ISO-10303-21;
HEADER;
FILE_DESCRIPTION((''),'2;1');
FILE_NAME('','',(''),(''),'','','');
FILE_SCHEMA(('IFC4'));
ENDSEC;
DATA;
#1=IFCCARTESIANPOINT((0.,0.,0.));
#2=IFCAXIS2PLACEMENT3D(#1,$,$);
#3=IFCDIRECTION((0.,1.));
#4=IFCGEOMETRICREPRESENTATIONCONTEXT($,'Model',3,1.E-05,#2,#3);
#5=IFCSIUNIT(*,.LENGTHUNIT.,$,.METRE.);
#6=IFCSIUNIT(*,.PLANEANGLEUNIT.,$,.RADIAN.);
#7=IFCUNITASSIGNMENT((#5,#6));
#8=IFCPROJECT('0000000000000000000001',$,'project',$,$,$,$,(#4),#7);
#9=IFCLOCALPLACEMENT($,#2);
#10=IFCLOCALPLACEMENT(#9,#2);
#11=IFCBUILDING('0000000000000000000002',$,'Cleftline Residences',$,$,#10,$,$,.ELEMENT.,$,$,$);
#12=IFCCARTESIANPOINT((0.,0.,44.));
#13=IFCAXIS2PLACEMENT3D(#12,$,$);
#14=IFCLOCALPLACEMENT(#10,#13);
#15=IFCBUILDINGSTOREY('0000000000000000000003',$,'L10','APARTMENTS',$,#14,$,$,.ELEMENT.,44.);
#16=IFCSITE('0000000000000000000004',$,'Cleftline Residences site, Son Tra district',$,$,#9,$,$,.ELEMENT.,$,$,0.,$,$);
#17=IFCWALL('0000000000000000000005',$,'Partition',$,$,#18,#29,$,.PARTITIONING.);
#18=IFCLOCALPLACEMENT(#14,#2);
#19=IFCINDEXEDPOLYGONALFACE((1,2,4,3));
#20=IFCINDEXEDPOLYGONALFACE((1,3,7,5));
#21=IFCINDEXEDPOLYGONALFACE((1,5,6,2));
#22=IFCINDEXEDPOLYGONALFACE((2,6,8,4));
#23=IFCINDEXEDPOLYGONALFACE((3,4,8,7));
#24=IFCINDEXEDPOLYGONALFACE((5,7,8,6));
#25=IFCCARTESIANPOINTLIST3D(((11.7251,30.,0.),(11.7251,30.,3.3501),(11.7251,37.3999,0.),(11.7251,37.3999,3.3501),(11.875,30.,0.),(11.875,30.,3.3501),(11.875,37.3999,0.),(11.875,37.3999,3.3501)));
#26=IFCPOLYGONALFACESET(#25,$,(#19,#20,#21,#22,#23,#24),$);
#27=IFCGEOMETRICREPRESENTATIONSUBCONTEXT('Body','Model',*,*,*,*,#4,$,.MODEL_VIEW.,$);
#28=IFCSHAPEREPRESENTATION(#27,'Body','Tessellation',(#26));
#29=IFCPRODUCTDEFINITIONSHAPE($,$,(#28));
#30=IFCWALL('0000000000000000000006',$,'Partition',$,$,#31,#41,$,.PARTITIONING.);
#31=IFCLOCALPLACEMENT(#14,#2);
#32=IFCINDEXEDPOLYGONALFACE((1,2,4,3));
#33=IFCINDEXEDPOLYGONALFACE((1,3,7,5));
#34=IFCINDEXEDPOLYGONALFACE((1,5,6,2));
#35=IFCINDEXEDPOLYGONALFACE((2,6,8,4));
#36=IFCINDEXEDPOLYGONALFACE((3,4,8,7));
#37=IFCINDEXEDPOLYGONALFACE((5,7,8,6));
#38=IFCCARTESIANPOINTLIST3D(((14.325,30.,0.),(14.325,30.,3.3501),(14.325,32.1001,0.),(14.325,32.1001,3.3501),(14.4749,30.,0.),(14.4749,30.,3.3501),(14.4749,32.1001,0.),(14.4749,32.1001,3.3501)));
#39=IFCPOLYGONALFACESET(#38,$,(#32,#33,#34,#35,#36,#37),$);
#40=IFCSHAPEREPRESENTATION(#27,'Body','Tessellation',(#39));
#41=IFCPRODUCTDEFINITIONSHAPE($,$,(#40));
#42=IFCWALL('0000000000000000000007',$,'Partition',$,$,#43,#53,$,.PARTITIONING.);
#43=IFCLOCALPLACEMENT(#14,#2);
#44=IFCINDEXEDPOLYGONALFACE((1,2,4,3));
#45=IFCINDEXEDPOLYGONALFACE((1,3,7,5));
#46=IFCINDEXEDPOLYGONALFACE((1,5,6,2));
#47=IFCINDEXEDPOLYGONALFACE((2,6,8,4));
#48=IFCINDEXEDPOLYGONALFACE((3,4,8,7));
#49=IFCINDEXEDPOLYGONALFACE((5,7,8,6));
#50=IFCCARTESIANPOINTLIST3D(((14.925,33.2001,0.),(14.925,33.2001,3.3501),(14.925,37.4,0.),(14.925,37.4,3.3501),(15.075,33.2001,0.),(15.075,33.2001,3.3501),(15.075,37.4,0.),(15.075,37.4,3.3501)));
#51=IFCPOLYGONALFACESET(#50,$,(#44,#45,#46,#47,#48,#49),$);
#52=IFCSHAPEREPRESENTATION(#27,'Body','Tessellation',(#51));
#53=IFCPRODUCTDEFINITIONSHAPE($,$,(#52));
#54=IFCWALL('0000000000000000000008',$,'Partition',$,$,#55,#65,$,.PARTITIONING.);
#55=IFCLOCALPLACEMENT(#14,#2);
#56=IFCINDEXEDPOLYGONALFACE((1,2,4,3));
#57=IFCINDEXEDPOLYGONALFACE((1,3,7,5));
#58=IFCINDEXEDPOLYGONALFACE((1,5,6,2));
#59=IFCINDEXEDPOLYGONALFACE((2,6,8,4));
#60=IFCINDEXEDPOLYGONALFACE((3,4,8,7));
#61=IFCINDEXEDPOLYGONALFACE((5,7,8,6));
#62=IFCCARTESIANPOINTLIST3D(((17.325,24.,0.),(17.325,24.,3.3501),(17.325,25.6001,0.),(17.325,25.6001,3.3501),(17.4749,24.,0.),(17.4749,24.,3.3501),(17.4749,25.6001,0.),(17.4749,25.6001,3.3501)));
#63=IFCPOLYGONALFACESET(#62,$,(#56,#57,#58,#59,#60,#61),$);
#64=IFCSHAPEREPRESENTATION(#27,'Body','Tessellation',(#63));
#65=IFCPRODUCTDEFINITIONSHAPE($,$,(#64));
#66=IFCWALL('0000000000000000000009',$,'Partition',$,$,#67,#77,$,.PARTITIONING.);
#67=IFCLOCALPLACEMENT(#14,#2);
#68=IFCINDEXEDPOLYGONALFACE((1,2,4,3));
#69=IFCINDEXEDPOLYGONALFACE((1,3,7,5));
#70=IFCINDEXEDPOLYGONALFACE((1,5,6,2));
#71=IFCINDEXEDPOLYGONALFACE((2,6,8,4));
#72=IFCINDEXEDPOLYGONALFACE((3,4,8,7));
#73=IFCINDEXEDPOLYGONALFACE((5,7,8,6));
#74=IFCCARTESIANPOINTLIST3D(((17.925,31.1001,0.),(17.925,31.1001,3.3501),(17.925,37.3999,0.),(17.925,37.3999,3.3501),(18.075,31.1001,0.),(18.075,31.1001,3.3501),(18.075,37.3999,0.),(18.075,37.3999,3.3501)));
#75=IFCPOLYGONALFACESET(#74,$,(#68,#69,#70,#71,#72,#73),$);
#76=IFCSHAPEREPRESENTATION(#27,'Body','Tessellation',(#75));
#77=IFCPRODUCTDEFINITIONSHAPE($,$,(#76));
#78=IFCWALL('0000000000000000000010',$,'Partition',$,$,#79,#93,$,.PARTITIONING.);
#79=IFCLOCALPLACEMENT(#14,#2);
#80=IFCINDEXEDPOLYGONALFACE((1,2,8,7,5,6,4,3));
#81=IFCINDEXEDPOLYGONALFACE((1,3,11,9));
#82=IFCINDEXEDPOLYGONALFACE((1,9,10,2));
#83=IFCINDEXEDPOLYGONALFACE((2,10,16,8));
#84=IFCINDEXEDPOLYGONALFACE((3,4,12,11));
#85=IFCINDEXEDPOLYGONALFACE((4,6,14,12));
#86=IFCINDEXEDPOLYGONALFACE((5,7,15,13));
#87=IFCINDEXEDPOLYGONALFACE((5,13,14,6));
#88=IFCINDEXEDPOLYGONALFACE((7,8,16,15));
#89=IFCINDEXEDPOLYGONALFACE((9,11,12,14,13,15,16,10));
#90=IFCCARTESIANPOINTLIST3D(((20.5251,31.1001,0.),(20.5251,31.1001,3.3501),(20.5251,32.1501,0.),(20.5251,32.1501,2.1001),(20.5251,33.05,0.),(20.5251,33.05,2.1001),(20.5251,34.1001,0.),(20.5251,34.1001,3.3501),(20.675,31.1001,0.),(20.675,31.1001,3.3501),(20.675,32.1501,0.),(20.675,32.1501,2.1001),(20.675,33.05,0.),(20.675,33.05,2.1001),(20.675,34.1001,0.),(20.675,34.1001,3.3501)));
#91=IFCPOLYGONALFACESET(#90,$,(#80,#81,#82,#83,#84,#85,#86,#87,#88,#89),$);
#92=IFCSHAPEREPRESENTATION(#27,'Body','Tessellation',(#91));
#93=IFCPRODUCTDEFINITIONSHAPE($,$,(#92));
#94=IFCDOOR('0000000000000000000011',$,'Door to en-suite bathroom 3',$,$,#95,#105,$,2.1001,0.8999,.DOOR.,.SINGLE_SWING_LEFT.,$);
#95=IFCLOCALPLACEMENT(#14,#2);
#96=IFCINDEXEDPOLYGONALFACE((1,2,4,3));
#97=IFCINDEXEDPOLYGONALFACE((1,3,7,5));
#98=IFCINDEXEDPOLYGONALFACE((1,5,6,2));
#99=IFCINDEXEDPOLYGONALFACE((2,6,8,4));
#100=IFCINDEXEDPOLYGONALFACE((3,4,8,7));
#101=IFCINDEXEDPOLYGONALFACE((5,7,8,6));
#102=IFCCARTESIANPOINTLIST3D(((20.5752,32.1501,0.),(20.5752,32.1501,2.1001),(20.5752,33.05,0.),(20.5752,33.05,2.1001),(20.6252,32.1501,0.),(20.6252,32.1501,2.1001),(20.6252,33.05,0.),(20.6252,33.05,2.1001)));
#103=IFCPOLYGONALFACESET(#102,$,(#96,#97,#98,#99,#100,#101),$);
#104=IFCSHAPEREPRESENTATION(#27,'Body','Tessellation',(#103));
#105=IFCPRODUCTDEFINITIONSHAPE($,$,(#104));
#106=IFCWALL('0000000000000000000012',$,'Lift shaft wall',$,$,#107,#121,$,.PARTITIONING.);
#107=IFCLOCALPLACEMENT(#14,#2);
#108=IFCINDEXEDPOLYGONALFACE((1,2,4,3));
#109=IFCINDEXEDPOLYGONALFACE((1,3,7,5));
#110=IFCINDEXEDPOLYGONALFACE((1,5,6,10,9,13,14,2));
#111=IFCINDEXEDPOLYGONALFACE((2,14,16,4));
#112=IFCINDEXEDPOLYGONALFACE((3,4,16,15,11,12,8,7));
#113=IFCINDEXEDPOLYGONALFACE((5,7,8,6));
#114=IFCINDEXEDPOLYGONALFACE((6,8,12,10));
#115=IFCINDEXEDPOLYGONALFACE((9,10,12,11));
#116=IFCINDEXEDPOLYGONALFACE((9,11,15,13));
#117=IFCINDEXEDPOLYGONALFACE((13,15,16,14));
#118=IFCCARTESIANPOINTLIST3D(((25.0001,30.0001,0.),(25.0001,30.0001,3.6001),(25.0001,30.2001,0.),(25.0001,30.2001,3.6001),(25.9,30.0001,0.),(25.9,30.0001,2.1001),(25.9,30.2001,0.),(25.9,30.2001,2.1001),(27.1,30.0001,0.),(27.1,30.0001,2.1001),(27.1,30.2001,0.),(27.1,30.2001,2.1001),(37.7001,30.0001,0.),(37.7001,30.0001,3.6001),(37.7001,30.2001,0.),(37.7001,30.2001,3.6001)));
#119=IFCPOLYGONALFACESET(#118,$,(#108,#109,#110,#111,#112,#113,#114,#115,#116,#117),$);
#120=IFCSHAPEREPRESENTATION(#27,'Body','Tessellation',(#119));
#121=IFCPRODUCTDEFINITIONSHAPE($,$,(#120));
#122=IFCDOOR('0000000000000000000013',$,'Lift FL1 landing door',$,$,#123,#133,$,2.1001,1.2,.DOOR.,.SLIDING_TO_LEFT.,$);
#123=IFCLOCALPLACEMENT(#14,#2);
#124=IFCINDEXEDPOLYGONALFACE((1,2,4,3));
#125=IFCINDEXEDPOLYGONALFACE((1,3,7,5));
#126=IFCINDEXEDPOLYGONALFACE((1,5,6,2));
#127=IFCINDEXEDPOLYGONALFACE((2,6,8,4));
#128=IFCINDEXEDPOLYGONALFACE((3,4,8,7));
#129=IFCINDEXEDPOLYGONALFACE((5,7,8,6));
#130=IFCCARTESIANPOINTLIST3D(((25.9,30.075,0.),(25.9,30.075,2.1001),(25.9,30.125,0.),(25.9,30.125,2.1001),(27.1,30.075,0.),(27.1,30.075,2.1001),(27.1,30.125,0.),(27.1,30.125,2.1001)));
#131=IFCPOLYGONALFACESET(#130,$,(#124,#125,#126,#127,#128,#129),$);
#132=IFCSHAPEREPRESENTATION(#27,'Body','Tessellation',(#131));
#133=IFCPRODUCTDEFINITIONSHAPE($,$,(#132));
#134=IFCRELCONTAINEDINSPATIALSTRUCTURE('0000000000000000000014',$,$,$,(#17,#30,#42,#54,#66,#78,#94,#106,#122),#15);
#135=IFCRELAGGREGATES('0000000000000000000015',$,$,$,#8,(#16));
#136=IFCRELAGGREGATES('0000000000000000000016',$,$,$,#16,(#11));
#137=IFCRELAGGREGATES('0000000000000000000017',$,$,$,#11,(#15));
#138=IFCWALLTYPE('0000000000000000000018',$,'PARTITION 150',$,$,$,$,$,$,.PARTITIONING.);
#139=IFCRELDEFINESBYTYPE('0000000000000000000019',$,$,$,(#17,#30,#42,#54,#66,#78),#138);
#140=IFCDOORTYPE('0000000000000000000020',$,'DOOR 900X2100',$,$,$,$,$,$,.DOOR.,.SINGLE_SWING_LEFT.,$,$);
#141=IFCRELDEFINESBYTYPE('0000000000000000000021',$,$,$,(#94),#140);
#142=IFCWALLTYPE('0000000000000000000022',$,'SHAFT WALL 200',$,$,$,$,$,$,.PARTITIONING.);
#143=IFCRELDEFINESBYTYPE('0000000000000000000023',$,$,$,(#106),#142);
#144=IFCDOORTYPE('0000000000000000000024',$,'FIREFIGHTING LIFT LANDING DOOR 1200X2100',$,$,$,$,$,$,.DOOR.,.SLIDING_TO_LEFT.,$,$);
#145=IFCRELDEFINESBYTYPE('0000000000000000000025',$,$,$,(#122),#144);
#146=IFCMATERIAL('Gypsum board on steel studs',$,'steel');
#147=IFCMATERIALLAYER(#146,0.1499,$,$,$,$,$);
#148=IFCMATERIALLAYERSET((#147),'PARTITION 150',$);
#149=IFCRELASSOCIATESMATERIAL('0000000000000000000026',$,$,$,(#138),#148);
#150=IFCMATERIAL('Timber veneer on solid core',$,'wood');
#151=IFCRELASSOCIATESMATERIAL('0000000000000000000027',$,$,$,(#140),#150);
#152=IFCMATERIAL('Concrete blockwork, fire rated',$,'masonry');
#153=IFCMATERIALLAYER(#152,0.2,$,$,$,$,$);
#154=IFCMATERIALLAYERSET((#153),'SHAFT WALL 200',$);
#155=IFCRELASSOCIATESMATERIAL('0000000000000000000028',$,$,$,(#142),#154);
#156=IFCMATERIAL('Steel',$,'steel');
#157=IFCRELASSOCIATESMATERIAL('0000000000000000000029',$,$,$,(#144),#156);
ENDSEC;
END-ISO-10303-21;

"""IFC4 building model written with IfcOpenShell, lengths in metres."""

from ifc_helpers import new_model, si_unit, direction, frame, frame_2d, origin, place, context, subcontext, project, spatial, rectangle, extrude, material, layer, layer_set, type_object, element, fill, save


model = new_model("IFC4")

# Units and contexts
model_context = context("Model", 3, precision=1e-05, world=origin(), true_north=direction((0.0, 1.0)))
body_context = subcontext(model_context, "Body", "Model", "MODEL_VIEW")
ifc_project = project(units=[si_unit("LENGTHUNIT", "METRE"), si_unit("PLANEANGLEUNIT", "RADIAN")], contexts=[model_context])

# Site, building, storey
site_placement = place(None, origin())
site = spatial("IfcSite", under=ifc_project, at=site_placement, Name="Cleftline Residences site, Son Tra district", CompositionType="ELEMENT", RefElevation=0.0)
building_placement = place(site_placement, origin())
building = spatial("IfcBuilding", under=site, at=building_placement, Name="Cleftline Residences", CompositionType="ELEMENT")
storey_placement = place(building_placement, frame((0.0, 0.0, 44.0)))
storey = spatial("IfcBuildingStorey", under=building, at=storey_placement, Name="L10", Description="APARTMENTS", CompositionType="ELEMENT", Elevation=44.0)

# Shared definitions
ifc_material_1 = material(Name="Gypsum board on steel studs", Category="steel")
ifc_layer_1 = layer(ifc_material_1, 0.1499)
ifc_layer_set_1 = layer_set([ifc_layer_1], Name="PARTITION 150")
wall_type_1 = type_object("IfcWallType", Name="PARTITION 150", PredefinedType="PARTITIONING", material=ifc_layer_set_1)
ifc_material_2 = material(Name="Timber veneer on solid core", Category="wood")
door_type_1 = type_object("IfcDoorType", Name="DOOR 900X2100", OperationType="SINGLE_SWING_LEFT", PredefinedType="DOOR", material=ifc_material_2)

# Walls
wall_1_placement = place(storey_placement, frame((11.8, 30.0, 0.0), z_axis=(0.0, 0.0, 1.0), x_axis=(0.0, 1.0, 0.0)))
element("IfcWall", 1, at=wall_1_placement, inside=storey, type_object=wall_type_1, Name="Partition", PredefinedType="PARTITIONING", context=body_context, shape_type="SweptSolid", body=[
    extrude(rectangle(XDim=7.3999, YDim=0.1499, at=frame_2d((3.7, 0.0))), origin(), (0.0, 0.0, 1.0), 3.3501),
])
wall_2_placement = place(storey_placement, frame((14.3999, 30.0, 0.0), z_axis=(0.0, 0.0, 1.0), x_axis=(0.0, 1.0, 0.0)))
element("IfcWall", 2, at=wall_2_placement, inside=storey, type_object=wall_type_1, Name="Partition", PredefinedType="PARTITIONING", context=body_context, shape_type="SweptSolid", body=[
    extrude(rectangle(XDim=2.1001, YDim=0.1499, at=frame_2d((1.05, 0.0))), origin(), (0.0, 0.0, 1.0), 3.3501),
])
wall_3_placement = place(storey_placement, frame((15.0, 33.2, 0.0), z_axis=(0.0, 0.0, 1.0), x_axis=(0.0, 1.0, 0.0)))
element("IfcWall", 3, at=wall_3_placement, inside=storey, type_object=wall_type_1, Name="Partition", PredefinedType="PARTITIONING", context=body_context, shape_type="SweptSolid", body=[
    extrude(rectangle(XDim=4.2, YDim=0.1499, at=frame_2d((2.1001, 0.0))), origin(), (0.0, 0.0, 1.0), 3.3501),
])
wall_4_placement = place(storey_placement, frame((17.3999, 24.0, 0.0), z_axis=(0.0, 0.0, 1.0), x_axis=(0.0, 1.0, 0.0)))
element("IfcWall", 4, at=wall_4_placement, inside=storey, type_object=wall_type_1, Name="Partition", PredefinedType="PARTITIONING", context=body_context, shape_type="SweptSolid", body=[
    extrude(rectangle(XDim=1.6001, YDim=0.1499, at=frame_2d((0.8, 0.0))), origin(), (0.0, 0.0, 1.0), 3.3501),
])
wall_5_placement = place(storey_placement, frame((18.0, 31.1001, 0.0), z_axis=(0.0, 0.0, 1.0), x_axis=(0.0, 1.0, 0.0)))
element("IfcWall", 5, at=wall_5_placement, inside=storey, type_object=wall_type_1, Name="Partition", PredefinedType="PARTITIONING", context=body_context, shape_type="SweptSolid", body=[
    extrude(rectangle(XDim=6.2998, YDim=0.1499, at=frame_2d((3.1499, 0.0))), origin(), (0.0, 0.0, 1.0), 3.3501),
])

# Walls, openings, doors
wall_6_placement = place(storey_placement, frame((20.6001, 31.1001, 0.0), z_axis=(0.0, 0.0, 1.0), x_axis=(0.0, 1.0, 0.0)))
wall_6 = element("IfcWall", 6, at=wall_6_placement, inside=storey, type_object=wall_type_1, Name="Partition", PredefinedType="PARTITIONING", context=body_context, shape_type="SweptSolid", body=[
    extrude(rectangle(XDim=3.0, YDim=0.1499, at=frame_2d((1.5, 0.0))), origin(), (0.0, 0.0, 1.0), 3.3501),
])
opening_1_placement = place(wall_6_placement, frame((1.05, 0.0, 0.0)))
opening_1 = element("IfcOpeningElement", 7, at=opening_1_placement, cuts=wall_6, PredefinedType="OPENING", context=body_context, shape_type="SweptSolid", body=[
    extrude(rectangle(XDim=0.8999, YDim=2.1001, at=frame_2d((0.45, 1.05))), frame((0.0, 0.085, 0.0), z_axis=(0.0, -1.0, 0.0), x_axis=(1.0, 0.0, 0.0)), (0.0, 0.0, 1.0), 0.1699),
])
door_1_placement = place(opening_1_placement, origin())
door_1 = element("IfcDoor", 8, at=door_1_placement, inside=storey, type_object=door_type_1, Name="Door to en-suite bathroom 3", OperationType="SINGLE_SWING_LEFT", OverallHeight=2.1001, OverallWidth=0.8999, PredefinedType="DOOR", context=body_context, shape_type="SweptSolid", body=[
    extrude(rectangle(XDim=0.8999, YDim=2.1001, at=frame_2d((0.45, 1.05))), frame((0.0, 0.0249, 0.0), z_axis=(0.0, -1.0, 0.0), x_axis=(1.0, 0.0, 0.0)), (0.0, 0.0, 1.0), 0.05),
])
fill(opening_1, door_1)
ifc_material_3 = material(Name="Concrete blockwork, fire rated", Category="masonry")
ifc_layer_2 = layer(ifc_material_3, 0.2)
ifc_layer_set_2 = layer_set([ifc_layer_2], Name="SHAFT WALL 200")
wall_type_2 = type_object("IfcWallType", Name="SHAFT WALL 200", PredefinedType="PARTITIONING", material=ifc_layer_set_2)
wall_7_placement = place(storey_placement, frame((25.0, 30.1001, 0.0), z_axis=(0.0, 0.0, 1.0), x_axis=(1.0, 0.0, 0.0)))
wall_7 = element("IfcWall", 9, at=wall_7_placement, inside=storey, type_object=wall_type_2, Name="Lift shaft wall", PredefinedType="PARTITIONING", context=body_context, shape_type="SweptSolid", body=[
    extrude(rectangle(XDim=12.7, YDim=0.2, at=frame_2d((6.3501, 0.0))), origin(), (0.0, 0.0, 1.0), 3.6001),
])
opening_2_placement = place(wall_7_placement, frame((0.8999, 0.0, 0.0)))
opening_2 = element("IfcOpeningElement", 10, at=opening_2_placement, cuts=wall_7, PredefinedType="OPENING", context=body_context, shape_type="SweptSolid", body=[
    extrude(rectangle(XDim=1.2, YDim=2.1001, at=frame_2d((0.6001, 1.05))), frame((0.0, 0.1099, 0.0), z_axis=(0.0, -1.0, 0.0), x_axis=(1.0, 0.0, 0.0)), (0.0, 0.0, 1.0), 0.22),
])
ifc_material_4 = material(Name="Steel", Category="steel")
door_type_2 = type_object("IfcDoorType", Name="FIREFIGHTING LIFT LANDING DOOR 1200X2100", OperationType="SLIDING_TO_LEFT", PredefinedType="DOOR", material=ifc_material_4)
door_2_placement = place(opening_2_placement, origin())
door_2 = element("IfcDoor", 11, at=door_2_placement, inside=storey, type_object=door_type_2, Name="Lift FL1 landing door", OperationType="SLIDING_TO_LEFT", OverallHeight=2.1001, OverallWidth=1.2, PredefinedType="DOOR", context=body_context, shape_type="SweptSolid", body=[
    extrude(rectangle(XDim=1.2, YDim=2.1001, at=frame_2d((0.6001, 1.05))), frame((0.0, 0.0249, 0.0), z_axis=(0.0, -1.0, 0.0), x_axis=(1.0, 0.0, 0.0)), (0.0, 0.0, 1.0), 0.05),
])
fill(opening_2, door_2)

save(model, "model.ifc")
